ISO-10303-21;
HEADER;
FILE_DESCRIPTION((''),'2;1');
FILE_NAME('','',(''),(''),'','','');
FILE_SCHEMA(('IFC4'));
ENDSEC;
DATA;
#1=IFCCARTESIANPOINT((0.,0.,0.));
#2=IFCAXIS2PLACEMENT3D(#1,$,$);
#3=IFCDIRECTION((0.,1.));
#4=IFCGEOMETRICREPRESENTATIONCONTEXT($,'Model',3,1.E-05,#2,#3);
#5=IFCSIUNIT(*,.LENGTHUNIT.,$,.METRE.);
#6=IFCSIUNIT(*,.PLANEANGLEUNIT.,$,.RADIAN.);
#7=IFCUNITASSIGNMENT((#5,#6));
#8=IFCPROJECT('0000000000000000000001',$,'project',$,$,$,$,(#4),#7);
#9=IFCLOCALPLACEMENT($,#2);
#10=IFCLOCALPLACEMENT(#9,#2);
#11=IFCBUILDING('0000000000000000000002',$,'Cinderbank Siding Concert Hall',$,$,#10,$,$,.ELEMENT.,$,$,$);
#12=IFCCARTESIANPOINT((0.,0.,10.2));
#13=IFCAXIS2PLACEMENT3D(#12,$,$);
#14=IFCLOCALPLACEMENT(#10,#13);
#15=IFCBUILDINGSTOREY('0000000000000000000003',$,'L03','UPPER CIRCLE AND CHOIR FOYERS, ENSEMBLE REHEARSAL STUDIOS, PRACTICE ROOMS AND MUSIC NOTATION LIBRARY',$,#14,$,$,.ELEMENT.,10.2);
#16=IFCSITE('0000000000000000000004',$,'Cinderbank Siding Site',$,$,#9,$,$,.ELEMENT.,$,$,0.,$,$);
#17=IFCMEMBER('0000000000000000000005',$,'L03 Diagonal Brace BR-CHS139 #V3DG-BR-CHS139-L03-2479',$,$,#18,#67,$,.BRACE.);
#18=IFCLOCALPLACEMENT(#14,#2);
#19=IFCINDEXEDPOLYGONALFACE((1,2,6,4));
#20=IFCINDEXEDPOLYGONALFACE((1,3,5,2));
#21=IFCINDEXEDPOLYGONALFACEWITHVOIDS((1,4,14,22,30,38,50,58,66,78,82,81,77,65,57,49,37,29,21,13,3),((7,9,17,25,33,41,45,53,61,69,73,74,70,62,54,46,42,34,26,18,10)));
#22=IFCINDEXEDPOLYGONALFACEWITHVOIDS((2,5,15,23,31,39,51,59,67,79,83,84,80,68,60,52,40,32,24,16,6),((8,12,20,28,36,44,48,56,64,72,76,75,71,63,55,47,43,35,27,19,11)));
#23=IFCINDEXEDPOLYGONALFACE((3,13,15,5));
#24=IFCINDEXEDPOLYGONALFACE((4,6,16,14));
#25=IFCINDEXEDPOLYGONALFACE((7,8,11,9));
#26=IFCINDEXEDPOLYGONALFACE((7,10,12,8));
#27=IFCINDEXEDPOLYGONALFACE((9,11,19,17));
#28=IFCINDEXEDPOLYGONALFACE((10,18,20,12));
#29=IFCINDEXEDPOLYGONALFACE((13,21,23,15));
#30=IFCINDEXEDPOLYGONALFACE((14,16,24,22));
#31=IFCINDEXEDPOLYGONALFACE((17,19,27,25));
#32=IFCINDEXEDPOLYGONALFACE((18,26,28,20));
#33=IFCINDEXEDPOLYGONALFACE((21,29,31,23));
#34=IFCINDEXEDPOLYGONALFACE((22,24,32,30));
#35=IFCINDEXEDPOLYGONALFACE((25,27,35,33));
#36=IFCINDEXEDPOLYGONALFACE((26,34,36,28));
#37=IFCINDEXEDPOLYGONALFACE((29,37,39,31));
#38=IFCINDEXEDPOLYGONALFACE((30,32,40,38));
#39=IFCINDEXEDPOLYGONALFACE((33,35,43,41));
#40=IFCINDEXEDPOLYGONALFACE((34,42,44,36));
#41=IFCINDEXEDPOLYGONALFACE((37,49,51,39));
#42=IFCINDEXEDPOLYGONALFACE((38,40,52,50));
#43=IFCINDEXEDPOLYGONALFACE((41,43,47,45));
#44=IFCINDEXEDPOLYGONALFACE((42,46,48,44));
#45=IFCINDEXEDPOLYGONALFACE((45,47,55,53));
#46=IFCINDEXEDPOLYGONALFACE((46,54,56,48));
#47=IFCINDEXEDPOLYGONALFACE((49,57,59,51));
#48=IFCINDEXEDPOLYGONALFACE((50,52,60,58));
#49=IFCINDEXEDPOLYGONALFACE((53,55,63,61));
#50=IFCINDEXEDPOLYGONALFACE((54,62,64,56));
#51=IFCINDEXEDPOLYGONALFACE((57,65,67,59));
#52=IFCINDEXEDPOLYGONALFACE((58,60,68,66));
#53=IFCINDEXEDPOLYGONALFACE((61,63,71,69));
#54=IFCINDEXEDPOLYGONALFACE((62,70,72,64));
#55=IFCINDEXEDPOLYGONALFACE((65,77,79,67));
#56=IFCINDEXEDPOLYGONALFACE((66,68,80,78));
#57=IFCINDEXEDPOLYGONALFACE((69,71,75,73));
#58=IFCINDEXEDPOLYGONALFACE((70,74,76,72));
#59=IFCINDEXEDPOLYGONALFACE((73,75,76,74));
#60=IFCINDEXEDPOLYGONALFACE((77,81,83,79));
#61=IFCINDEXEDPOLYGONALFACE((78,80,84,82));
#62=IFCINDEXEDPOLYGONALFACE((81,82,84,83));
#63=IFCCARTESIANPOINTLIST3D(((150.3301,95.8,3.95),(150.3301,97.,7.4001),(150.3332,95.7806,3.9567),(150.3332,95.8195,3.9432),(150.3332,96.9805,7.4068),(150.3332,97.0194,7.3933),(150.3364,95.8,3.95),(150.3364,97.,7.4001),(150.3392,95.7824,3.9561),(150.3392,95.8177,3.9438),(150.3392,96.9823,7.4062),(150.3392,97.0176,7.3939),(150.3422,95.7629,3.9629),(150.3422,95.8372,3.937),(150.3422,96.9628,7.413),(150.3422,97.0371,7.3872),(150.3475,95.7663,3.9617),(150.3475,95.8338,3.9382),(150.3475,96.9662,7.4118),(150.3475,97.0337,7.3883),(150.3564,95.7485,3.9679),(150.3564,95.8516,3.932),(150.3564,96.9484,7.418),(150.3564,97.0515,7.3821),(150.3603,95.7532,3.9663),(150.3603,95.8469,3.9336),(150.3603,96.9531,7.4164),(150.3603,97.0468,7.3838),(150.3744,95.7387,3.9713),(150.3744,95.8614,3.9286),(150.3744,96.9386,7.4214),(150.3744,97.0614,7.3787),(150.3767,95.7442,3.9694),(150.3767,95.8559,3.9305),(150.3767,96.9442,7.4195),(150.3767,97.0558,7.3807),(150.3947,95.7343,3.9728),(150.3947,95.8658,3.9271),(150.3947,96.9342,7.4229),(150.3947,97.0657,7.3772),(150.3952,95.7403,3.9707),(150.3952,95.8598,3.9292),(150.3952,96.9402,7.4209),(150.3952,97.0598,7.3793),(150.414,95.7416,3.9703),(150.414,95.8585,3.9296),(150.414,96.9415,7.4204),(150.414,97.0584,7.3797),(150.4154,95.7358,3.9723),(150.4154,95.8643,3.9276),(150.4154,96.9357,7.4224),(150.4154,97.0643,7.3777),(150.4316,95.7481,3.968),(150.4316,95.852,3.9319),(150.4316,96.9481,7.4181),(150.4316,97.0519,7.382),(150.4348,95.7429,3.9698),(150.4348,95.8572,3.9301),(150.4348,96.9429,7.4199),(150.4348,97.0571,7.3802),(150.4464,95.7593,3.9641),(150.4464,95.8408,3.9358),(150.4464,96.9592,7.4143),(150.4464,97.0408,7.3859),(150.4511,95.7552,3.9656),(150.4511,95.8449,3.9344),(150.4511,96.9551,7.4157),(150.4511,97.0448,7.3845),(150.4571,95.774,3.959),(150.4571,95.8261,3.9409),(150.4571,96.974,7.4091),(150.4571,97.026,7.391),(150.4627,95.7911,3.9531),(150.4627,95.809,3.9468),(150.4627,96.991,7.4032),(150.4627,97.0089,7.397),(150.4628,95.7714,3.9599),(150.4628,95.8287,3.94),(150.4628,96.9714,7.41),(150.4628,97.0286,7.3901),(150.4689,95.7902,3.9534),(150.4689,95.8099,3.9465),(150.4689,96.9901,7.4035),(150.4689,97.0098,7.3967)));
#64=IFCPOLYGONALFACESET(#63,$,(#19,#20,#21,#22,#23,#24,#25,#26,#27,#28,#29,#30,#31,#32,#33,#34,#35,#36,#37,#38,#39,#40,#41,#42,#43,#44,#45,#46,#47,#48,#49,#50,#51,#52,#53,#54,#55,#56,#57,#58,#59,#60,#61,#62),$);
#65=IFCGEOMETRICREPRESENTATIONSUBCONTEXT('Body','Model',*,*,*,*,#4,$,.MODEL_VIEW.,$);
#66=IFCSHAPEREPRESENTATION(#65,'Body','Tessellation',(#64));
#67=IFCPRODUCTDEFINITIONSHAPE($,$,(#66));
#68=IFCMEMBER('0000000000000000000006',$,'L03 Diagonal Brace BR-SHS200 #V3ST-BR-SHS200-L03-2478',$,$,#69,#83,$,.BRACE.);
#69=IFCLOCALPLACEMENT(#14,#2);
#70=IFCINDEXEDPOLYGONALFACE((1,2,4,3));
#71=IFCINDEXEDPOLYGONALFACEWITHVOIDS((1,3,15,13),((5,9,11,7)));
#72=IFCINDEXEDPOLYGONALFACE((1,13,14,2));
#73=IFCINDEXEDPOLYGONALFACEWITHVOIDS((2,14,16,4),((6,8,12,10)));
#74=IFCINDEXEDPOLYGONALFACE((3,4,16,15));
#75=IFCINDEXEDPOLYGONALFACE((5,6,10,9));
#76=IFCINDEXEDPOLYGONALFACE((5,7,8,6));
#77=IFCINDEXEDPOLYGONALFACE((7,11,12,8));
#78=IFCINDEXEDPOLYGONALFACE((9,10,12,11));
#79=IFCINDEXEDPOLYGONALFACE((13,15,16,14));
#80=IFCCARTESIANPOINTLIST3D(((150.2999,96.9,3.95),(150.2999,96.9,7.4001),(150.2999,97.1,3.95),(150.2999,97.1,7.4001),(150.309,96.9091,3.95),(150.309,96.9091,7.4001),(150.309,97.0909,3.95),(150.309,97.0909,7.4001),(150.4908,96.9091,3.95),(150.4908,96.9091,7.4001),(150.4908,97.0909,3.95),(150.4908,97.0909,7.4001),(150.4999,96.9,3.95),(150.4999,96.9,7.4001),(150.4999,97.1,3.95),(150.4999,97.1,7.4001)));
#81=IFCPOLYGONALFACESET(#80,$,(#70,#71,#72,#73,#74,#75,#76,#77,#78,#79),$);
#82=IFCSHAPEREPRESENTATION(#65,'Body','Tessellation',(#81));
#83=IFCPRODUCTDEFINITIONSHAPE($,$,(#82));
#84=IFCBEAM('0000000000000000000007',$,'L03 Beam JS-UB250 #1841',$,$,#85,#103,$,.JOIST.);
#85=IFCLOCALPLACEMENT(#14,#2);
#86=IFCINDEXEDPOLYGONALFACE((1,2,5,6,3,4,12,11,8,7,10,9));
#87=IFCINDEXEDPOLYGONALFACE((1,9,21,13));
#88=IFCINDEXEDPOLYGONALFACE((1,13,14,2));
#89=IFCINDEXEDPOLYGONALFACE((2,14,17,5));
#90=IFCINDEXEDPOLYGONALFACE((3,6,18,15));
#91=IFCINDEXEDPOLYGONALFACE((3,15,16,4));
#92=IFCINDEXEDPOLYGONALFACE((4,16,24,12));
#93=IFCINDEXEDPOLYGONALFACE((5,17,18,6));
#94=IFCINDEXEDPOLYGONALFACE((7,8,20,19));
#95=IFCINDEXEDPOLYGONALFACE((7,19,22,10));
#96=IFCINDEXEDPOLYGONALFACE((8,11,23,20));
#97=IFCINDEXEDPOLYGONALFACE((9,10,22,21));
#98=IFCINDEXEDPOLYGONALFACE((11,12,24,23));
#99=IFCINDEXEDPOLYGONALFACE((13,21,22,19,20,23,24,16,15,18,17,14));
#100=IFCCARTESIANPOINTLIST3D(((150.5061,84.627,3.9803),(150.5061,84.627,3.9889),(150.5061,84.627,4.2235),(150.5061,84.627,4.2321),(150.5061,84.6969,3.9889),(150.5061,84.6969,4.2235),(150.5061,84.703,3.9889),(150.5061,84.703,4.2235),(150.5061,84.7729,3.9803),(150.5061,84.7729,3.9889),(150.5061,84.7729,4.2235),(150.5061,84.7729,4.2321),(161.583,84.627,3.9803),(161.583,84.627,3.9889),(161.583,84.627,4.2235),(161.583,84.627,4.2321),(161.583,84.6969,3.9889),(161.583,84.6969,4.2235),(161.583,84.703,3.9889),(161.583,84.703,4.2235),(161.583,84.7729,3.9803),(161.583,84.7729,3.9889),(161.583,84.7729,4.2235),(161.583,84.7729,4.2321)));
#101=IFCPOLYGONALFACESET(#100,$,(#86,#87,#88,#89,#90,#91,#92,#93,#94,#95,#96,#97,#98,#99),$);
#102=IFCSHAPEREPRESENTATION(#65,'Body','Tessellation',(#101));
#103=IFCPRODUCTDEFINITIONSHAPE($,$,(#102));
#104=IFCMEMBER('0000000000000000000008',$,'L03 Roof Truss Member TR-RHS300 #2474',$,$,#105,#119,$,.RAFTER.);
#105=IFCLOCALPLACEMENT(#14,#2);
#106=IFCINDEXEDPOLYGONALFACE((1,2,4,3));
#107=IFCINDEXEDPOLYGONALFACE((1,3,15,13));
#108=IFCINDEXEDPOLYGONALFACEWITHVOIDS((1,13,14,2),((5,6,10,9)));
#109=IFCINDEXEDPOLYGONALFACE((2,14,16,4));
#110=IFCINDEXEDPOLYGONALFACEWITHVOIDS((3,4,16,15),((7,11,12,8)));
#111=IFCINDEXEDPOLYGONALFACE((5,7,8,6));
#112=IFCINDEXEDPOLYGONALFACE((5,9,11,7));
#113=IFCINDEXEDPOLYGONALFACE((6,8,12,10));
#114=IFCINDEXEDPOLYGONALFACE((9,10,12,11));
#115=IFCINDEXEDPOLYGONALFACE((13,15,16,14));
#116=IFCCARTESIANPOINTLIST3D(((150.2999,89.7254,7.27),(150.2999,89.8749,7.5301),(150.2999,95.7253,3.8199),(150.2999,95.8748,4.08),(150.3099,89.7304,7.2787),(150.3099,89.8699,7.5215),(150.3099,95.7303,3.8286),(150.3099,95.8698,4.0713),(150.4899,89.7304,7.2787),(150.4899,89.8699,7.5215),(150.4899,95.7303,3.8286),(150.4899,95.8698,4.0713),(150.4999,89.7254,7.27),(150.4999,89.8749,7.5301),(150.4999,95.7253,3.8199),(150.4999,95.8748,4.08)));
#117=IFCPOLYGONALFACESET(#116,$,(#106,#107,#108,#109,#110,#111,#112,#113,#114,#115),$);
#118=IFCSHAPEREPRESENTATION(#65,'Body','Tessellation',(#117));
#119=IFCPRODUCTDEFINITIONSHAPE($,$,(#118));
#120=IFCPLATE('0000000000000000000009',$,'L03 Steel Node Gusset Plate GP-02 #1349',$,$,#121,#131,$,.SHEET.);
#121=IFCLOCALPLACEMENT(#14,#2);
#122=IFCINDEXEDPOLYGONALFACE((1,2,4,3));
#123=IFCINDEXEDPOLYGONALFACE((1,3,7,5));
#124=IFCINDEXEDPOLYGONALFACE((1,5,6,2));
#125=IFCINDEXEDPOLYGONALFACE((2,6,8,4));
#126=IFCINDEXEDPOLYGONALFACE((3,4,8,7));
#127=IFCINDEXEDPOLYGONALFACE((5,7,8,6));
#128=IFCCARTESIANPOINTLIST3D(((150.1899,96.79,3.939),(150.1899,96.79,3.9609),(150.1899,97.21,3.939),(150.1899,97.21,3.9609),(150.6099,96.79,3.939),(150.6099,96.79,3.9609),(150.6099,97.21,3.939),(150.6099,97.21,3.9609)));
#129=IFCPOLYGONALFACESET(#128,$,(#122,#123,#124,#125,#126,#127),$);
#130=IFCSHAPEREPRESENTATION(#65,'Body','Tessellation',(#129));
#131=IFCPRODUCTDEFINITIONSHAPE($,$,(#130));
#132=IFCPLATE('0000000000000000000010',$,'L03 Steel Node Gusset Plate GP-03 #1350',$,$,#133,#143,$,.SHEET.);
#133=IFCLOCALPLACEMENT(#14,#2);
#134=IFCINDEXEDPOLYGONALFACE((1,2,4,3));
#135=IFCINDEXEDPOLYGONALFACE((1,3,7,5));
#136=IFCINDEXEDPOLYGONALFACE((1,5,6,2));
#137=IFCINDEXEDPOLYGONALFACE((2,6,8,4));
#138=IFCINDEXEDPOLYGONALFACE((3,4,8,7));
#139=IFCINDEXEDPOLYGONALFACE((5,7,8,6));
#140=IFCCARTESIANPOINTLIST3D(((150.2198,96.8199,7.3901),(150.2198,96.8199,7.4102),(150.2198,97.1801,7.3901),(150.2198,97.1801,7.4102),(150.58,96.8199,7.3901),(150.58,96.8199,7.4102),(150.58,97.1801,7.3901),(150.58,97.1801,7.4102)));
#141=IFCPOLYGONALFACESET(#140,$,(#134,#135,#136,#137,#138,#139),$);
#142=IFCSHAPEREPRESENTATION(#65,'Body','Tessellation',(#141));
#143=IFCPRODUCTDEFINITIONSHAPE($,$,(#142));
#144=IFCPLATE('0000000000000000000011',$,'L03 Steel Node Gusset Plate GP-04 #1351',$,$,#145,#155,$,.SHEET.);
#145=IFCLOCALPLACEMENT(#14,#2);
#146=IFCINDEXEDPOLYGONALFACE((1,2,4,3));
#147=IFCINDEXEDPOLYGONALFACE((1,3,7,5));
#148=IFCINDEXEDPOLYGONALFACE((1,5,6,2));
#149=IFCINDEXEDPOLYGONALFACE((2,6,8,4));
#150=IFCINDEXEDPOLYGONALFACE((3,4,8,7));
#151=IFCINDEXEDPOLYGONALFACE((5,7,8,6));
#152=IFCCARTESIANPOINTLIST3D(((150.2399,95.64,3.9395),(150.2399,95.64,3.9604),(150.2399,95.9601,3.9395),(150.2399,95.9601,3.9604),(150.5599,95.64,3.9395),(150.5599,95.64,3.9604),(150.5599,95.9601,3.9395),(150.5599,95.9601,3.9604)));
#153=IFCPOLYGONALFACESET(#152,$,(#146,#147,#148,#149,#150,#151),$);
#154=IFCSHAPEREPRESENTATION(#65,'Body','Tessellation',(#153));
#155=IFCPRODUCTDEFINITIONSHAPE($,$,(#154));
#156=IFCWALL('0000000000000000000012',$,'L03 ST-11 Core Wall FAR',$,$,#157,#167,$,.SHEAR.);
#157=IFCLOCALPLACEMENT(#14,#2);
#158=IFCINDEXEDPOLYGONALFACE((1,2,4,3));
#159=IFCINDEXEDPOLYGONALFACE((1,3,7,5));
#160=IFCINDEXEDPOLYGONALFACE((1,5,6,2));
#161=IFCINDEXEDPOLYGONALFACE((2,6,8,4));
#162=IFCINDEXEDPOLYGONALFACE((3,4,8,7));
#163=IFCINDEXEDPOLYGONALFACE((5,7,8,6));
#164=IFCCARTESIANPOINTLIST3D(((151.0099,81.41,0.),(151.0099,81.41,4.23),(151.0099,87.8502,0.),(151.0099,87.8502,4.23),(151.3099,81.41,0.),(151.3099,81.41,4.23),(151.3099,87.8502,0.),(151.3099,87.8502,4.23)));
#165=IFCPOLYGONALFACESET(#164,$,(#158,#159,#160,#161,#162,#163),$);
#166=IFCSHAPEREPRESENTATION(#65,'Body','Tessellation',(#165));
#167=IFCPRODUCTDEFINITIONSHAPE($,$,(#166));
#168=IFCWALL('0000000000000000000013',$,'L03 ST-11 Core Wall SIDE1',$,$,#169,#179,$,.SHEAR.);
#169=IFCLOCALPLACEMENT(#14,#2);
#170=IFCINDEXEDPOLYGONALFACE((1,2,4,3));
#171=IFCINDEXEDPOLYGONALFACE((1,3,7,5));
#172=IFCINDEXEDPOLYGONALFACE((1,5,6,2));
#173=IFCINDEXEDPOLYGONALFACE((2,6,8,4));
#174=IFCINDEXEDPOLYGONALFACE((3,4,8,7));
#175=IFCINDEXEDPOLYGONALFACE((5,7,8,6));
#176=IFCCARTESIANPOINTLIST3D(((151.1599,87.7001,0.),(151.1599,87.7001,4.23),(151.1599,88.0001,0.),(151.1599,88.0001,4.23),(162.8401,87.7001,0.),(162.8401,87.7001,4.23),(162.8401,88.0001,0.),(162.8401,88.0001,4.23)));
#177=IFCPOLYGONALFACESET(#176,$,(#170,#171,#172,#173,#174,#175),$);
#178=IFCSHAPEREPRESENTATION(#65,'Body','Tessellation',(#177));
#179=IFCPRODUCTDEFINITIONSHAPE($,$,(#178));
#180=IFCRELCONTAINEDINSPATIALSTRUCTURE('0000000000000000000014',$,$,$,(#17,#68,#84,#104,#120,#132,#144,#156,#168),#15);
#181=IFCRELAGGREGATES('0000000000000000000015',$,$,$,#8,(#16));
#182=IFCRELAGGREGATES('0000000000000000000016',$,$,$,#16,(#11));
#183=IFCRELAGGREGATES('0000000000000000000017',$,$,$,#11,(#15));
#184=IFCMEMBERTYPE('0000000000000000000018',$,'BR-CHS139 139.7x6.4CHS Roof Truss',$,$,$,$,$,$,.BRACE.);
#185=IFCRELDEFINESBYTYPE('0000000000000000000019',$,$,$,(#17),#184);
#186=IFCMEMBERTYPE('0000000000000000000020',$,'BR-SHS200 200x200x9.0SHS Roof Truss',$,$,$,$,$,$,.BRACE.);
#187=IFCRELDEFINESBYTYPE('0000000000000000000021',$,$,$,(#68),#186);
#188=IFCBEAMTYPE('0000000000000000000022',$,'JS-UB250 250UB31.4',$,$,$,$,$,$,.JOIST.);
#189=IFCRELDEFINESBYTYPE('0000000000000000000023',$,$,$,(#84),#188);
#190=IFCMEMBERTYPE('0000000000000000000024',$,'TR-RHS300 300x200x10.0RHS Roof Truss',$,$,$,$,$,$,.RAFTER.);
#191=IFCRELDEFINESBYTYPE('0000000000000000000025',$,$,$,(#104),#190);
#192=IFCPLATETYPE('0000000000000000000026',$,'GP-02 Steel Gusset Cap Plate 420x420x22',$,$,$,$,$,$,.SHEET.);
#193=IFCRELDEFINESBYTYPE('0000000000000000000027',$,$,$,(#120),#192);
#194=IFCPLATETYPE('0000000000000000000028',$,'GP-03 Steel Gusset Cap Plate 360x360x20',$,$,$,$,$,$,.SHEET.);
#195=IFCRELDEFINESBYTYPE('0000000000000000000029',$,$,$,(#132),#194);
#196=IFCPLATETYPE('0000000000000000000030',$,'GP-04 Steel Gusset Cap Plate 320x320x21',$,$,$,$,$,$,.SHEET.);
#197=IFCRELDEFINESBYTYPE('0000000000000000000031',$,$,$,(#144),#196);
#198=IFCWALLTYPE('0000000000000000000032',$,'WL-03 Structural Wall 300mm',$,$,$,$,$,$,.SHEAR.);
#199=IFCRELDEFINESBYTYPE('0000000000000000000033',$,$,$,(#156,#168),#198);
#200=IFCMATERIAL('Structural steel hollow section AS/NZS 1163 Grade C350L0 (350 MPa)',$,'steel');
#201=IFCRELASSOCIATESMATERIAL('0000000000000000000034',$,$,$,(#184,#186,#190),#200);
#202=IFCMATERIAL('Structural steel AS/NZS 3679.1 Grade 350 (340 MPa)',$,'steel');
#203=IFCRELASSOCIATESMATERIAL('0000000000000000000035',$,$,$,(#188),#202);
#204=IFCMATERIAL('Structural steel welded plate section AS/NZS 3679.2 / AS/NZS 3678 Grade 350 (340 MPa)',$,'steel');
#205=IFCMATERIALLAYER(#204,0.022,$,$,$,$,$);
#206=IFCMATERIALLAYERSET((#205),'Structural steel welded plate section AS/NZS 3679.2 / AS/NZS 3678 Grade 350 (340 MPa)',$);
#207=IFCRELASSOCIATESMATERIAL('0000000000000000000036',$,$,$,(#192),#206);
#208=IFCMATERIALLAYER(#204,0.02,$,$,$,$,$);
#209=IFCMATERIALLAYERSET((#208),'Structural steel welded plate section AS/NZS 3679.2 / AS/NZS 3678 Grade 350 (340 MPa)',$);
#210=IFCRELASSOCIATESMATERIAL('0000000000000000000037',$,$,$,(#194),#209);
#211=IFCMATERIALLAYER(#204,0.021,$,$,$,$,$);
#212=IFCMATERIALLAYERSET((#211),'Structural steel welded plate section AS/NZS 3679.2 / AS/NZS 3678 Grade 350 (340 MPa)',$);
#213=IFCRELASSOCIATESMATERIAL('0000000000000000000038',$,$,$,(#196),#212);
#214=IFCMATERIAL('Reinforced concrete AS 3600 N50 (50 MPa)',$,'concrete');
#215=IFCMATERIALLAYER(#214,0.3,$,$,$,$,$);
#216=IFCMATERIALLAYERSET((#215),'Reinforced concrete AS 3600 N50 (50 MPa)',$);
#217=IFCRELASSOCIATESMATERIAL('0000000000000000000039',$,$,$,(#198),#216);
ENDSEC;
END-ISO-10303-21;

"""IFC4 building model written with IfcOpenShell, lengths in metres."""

from ifc_helpers import new_model, si_unit, direction, frame, frame_2d, origin, origin_2d, place, context, subcontext, project, spatial, rectangle, hollow_rectangle, hollow_circle, i_section, extrude, material, layer, layer_set, material_profile, profile_set, type_object, element, save


model = new_model("IFC4")

# Units and contexts
model_context = context("Model", 3, precision=1e-05, world=origin(), true_north=direction((0.0, 1.0)))
body_context = subcontext(model_context, "Body", "Model", "MODEL_VIEW")
ifc_project = project(units=[si_unit("LENGTHUNIT", "METRE"), si_unit("PLANEANGLEUNIT", "RADIAN")], contexts=[model_context])

# Site, building, storey
site_placement = place(None, origin())
site = spatial("IfcSite", under=ifc_project, at=site_placement, Name="Cinderbank Siding Site", CompositionType="ELEMENT", RefElevation=0.0)
building_placement = place(site_placement, origin())
building = spatial("IfcBuilding", under=site, at=building_placement, Name="Cinderbank Siding Concert Hall", CompositionType="ELEMENT")
storey_placement = place(building_placement, frame((0.0, 0.0, 10.2)))
storey = spatial("IfcBuildingStorey", under=building, at=storey_placement, Name="L03", Description="UPPER CIRCLE AND CHOIR FOYERS, ENSEMBLE REHEARSAL STUDIOS, PRACTICE ROOMS AND MUSIC NOTATION LIBRARY", CompositionType="ELEMENT", Elevation=10.2)

# Shared definitions
ifc_material_1 = material(Name="Structural steel AS/NZS 3679.1 Grade 350 (340 MPa)", Category="steel")

# Shared definitions
ifc_material_2 = material(Name="Reinforced concrete AS 3600 N50 (50 MPa)", Category="concrete")
ifc_material_3 = material(Name="Structural steel welded plate section AS/NZS 3679.2 / AS/NZS 3678 Grade 350 (340 MPa)", Category="steel")

# Members
ifc_material_4 = material(Name="Structural steel hollow section AS/NZS 1163 Grade C350L0 (350 MPa)", Category="steel")
ifc_material_profile_1 = material_profile(ifc_material_4, hollow_circle(Radius=0.0698, WallThickness=0.0063, at=origin_2d()), Name="139.7x6.4CHS", Category="LoadBearing")
ifc_profile_set_1 = profile_set([ifc_material_profile_1], Name="Structural steel hollow section AS/NZS 1163 Grade C350L0 (350 MPa)")
member_type_1 = type_object("IfcMemberType", Name="BR-CHS139 139.7x6.4CHS Roof Truss", PredefinedType="BRACE", material=ifc_profile_set_1)
member_1_placement = place(storey_placement, frame((150.3999, 95.8, 3.95), z_axis=(0.0, 0.328492, 0.944507), x_axis=(-1.0, 0.0, 0.0)))
element("IfcMember", 1, at=member_1_placement, inside=storey, type_object=member_type_1, Name="L03 Diagonal Brace BR-CHS139 #V3DG-BR-CHS139-L03-2479", PredefinedType="BRACE", context=body_context, shape_type="SweptSolid", body=[
    extrude(hollow_circle(Radius=0.0698, WallThickness=0.0063, at=origin_2d()), origin(), (0.0, 0.0, 1.0), 3.6528),
])
ifc_material_profile_2 = material_profile(ifc_material_4, hollow_rectangle(XDim=0.2, YDim=0.2, WallThickness=0.009, at=origin_2d()), Name="200x200x9.0SHS", Category="LoadBearing")
ifc_profile_set_2 = profile_set([ifc_material_profile_2], Name="Structural steel hollow section AS/NZS 1163 Grade C350L0 (350 MPa)")
member_type_2 = type_object("IfcMemberType", Name="BR-SHS200 200x200x9.0SHS Roof Truss", PredefinedType="BRACE", material=ifc_profile_set_2)
member_2_placement = place(storey_placement, frame((150.3999, 97.0, 3.95), z_axis=(0.0, 0.0, 1.0), x_axis=(1.0, 0.0, 0.0)))
element("IfcMember", 2, at=member_2_placement, inside=storey, type_object=member_type_2, Name="L03 Diagonal Brace BR-SHS200 #V3ST-BR-SHS200-L03-2478", PredefinedType="BRACE", context=body_context, shape_type="SweptSolid", body=[
    extrude(hollow_rectangle(XDim=0.2, YDim=0.2, WallThickness=0.009, at=origin_2d()), origin(), (0.0, 0.0, 1.0), 3.4502),
])

# Beam
ifc_material_profile_3 = material_profile(ifc_material_1, i_section(OverallWidth=0.146, OverallDepth=0.2517, WebThickness=0.0061, FlangeThickness=0.0085, at=origin_2d()), Name="250UB31.4", Category="LoadBearing")
ifc_profile_set_3 = profile_set([ifc_material_profile_3], Name="Structural steel AS/NZS 3679.1 Grade 350 (340 MPa)")
beam_type_1 = type_object("IfcBeamType", Name="JS-UB250 250UB31.4", PredefinedType="JOIST", material=ifc_profile_set_3)
beam_1_placement = place(storey_placement, frame((150.5061, 84.7, 4.1062), z_axis=(1.0, 0.0, 0.0), x_axis=(0.0, 1.0, 0.0)))
element("IfcBeam", 3, at=beam_1_placement, inside=storey, type_object=beam_type_1, Name="L03 Beam JS-UB250 #1841", PredefinedType="JOIST", context=body_context, shape_type="SweptSolid", body=[
    extrude(i_section(OverallWidth=0.146, OverallDepth=0.2517, WebThickness=0.0061, FlangeThickness=0.0085, at=origin_2d()), origin(), (0.0, 0.0, 1.0), 11.0769),
])

# Member
ifc_material_profile_4 = material_profile(ifc_material_4, hollow_rectangle(XDim=0.2, YDim=0.3, WallThickness=0.01, at=origin_2d()), Name="300x200x10.0RHS", Category="LoadBearing")
ifc_profile_set_4 = profile_set([ifc_material_profile_4], Name="Structural steel hollow section AS/NZS 1163 Grade C350L0 (350 MPa)")
member_type_3 = type_object("IfcMemberType", Name="TR-RHS300 300x200x10.0RHS Roof Truss", PredefinedType="RAFTER", material=ifc_profile_set_4)
member_3_placement = place(storey_placement, frame((150.3999, 95.8, 3.95), z_axis=(0.0, -0.866894, 0.498492), x_axis=(1.0, 0.0, 0.0)))
element("IfcMember", 4, at=member_3_placement, inside=storey, type_object=member_type_3, Name="L03 Roof Truss Member TR-RHS300 #2474", PredefinedType="RAFTER", context=body_context, shape_type="SweptSolid", body=[
    extrude(hollow_rectangle(XDim=0.2, YDim=0.3, WallThickness=0.01, at=origin_2d()), origin(), (0.0, 0.0, 1.0), 6.9211),
])

# Plates
ifc_layer_1 = layer(ifc_material_3, 0.022)
ifc_layer_set_1 = layer_set([ifc_layer_1], Name="Structural steel welded plate section AS/NZS 3679.2 / AS/NZS 3678 Grade 350 (340 MPa)")
plate_type_1 = type_object("IfcPlateType", Name="GP-02 Steel Gusset Cap Plate 420x420x22", PredefinedType="SHEET", material=ifc_layer_set_1)
plate_1_placement = place(storey_placement, frame((150.3999, 97.0, 3.939), z_axis=(0.0, 0.0, 1.0), x_axis=(1.0, 0.0, 0.0)))
element("IfcPlate", 5, at=plate_1_placement, inside=storey, type_object=plate_type_1, Name="L03 Steel Node Gusset Plate GP-02 #1349", PredefinedType="SHEET", context=body_context, shape_type="SweptSolid", body=[
    extrude(rectangle(XDim=0.4199, YDim=0.4199, at=origin_2d()), origin(), (0.0, 0.0, 1.0), 0.022),
])
ifc_layer_2 = layer(ifc_material_3, 0.02)
ifc_layer_set_2 = layer_set([ifc_layer_2], Name="Structural steel welded plate section AS/NZS 3679.2 / AS/NZS 3678 Grade 350 (340 MPa)")
plate_type_2 = type_object("IfcPlateType", Name="GP-03 Steel Gusset Cap Plate 360x360x20", PredefinedType="SHEET", material=ifc_layer_set_2)
plate_2_placement = place(storey_placement, frame((150.3999, 97.0, 7.3901), z_axis=(0.0, 0.0, 1.0), x_axis=(1.0, 0.0, 0.0)))
element("IfcPlate", 6, at=plate_2_placement, inside=storey, type_object=plate_type_2, Name="L03 Steel Node Gusset Plate GP-03 #1350", PredefinedType="SHEET", context=body_context, shape_type="SweptSolid", body=[
    extrude(rectangle(XDim=0.3601, YDim=0.3601, at=origin_2d()), origin(), (0.0, 0.0, 1.0), 0.02),
])
ifc_layer_3 = layer(ifc_material_3, 0.021)
ifc_layer_set_3 = layer_set([ifc_layer_3], Name="Structural steel welded plate section AS/NZS 3679.2 / AS/NZS 3678 Grade 350 (340 MPa)")
plate_type_3 = type_object("IfcPlateType", Name="GP-04 Steel Gusset Cap Plate 320x320x21", PredefinedType="SHEET", material=ifc_layer_set_3)
plate_3_placement = place(storey_placement, frame((150.3999, 95.8, 3.9395), z_axis=(0.0, 0.0, 1.0), x_axis=(0.0, 1.0, 0.0)))
element("IfcPlate", 7, at=plate_3_placement, inside=storey, type_object=plate_type_3, Name="L03 Steel Node Gusset Plate GP-04 #1351", PredefinedType="SHEET", context=body_context, shape_type="SweptSolid", body=[
    extrude(rectangle(XDim=0.3201, YDim=0.3201, at=origin_2d()), origin(), (0.0, 0.0, 1.0), 0.021),
])

# Walls
ifc_layer_4 = layer(ifc_material_2, 0.3)
ifc_layer_set_4 = layer_set([ifc_layer_4], Name="Reinforced concrete AS 3600 N50 (50 MPa)")
wall_type_1 = type_object("IfcWallType", Name="WL-03 Structural Wall 300mm", PredefinedType="SHEAR", material=ifc_layer_set_4)
wall_1_placement = place(storey_placement, frame((151.1599, 81.4099, 0.0), z_axis=(0.0, 0.0, 1.0), x_axis=(0.0, 1.0, 0.0)))
element("IfcWall", 8, at=wall_1_placement, inside=storey, type_object=wall_type_1, Name="L03 ST-11 Core Wall FAR", PredefinedType="SHEAR", context=body_context, shape_type="SweptSolid", body=[
    extrude(rectangle(XDim=6.4402, YDim=0.3, at=frame_2d((3.2202, 0.0))), origin(), (0.0, 0.0, 1.0), 4.23),
])
wall_2_placement = place(storey_placement, frame((151.1599, 87.8501, 0.0), z_axis=(0.0, 0.0, 1.0), x_axis=(1.0, 0.0, 0.0)))
element("IfcWall", 9, at=wall_2_placement, inside=storey, type_object=wall_type_1, Name="L03 ST-11 Core Wall SIDE1", PredefinedType="SHEAR", context=body_context, shape_type="SweptSolid", body=[
    extrude(rectangle(XDim=11.6802, YDim=0.3, at=frame_2d((5.8401, 0.0))), origin(), (0.0, 0.0, 1.0), 4.23),
])

save(model, "model.ifc")
